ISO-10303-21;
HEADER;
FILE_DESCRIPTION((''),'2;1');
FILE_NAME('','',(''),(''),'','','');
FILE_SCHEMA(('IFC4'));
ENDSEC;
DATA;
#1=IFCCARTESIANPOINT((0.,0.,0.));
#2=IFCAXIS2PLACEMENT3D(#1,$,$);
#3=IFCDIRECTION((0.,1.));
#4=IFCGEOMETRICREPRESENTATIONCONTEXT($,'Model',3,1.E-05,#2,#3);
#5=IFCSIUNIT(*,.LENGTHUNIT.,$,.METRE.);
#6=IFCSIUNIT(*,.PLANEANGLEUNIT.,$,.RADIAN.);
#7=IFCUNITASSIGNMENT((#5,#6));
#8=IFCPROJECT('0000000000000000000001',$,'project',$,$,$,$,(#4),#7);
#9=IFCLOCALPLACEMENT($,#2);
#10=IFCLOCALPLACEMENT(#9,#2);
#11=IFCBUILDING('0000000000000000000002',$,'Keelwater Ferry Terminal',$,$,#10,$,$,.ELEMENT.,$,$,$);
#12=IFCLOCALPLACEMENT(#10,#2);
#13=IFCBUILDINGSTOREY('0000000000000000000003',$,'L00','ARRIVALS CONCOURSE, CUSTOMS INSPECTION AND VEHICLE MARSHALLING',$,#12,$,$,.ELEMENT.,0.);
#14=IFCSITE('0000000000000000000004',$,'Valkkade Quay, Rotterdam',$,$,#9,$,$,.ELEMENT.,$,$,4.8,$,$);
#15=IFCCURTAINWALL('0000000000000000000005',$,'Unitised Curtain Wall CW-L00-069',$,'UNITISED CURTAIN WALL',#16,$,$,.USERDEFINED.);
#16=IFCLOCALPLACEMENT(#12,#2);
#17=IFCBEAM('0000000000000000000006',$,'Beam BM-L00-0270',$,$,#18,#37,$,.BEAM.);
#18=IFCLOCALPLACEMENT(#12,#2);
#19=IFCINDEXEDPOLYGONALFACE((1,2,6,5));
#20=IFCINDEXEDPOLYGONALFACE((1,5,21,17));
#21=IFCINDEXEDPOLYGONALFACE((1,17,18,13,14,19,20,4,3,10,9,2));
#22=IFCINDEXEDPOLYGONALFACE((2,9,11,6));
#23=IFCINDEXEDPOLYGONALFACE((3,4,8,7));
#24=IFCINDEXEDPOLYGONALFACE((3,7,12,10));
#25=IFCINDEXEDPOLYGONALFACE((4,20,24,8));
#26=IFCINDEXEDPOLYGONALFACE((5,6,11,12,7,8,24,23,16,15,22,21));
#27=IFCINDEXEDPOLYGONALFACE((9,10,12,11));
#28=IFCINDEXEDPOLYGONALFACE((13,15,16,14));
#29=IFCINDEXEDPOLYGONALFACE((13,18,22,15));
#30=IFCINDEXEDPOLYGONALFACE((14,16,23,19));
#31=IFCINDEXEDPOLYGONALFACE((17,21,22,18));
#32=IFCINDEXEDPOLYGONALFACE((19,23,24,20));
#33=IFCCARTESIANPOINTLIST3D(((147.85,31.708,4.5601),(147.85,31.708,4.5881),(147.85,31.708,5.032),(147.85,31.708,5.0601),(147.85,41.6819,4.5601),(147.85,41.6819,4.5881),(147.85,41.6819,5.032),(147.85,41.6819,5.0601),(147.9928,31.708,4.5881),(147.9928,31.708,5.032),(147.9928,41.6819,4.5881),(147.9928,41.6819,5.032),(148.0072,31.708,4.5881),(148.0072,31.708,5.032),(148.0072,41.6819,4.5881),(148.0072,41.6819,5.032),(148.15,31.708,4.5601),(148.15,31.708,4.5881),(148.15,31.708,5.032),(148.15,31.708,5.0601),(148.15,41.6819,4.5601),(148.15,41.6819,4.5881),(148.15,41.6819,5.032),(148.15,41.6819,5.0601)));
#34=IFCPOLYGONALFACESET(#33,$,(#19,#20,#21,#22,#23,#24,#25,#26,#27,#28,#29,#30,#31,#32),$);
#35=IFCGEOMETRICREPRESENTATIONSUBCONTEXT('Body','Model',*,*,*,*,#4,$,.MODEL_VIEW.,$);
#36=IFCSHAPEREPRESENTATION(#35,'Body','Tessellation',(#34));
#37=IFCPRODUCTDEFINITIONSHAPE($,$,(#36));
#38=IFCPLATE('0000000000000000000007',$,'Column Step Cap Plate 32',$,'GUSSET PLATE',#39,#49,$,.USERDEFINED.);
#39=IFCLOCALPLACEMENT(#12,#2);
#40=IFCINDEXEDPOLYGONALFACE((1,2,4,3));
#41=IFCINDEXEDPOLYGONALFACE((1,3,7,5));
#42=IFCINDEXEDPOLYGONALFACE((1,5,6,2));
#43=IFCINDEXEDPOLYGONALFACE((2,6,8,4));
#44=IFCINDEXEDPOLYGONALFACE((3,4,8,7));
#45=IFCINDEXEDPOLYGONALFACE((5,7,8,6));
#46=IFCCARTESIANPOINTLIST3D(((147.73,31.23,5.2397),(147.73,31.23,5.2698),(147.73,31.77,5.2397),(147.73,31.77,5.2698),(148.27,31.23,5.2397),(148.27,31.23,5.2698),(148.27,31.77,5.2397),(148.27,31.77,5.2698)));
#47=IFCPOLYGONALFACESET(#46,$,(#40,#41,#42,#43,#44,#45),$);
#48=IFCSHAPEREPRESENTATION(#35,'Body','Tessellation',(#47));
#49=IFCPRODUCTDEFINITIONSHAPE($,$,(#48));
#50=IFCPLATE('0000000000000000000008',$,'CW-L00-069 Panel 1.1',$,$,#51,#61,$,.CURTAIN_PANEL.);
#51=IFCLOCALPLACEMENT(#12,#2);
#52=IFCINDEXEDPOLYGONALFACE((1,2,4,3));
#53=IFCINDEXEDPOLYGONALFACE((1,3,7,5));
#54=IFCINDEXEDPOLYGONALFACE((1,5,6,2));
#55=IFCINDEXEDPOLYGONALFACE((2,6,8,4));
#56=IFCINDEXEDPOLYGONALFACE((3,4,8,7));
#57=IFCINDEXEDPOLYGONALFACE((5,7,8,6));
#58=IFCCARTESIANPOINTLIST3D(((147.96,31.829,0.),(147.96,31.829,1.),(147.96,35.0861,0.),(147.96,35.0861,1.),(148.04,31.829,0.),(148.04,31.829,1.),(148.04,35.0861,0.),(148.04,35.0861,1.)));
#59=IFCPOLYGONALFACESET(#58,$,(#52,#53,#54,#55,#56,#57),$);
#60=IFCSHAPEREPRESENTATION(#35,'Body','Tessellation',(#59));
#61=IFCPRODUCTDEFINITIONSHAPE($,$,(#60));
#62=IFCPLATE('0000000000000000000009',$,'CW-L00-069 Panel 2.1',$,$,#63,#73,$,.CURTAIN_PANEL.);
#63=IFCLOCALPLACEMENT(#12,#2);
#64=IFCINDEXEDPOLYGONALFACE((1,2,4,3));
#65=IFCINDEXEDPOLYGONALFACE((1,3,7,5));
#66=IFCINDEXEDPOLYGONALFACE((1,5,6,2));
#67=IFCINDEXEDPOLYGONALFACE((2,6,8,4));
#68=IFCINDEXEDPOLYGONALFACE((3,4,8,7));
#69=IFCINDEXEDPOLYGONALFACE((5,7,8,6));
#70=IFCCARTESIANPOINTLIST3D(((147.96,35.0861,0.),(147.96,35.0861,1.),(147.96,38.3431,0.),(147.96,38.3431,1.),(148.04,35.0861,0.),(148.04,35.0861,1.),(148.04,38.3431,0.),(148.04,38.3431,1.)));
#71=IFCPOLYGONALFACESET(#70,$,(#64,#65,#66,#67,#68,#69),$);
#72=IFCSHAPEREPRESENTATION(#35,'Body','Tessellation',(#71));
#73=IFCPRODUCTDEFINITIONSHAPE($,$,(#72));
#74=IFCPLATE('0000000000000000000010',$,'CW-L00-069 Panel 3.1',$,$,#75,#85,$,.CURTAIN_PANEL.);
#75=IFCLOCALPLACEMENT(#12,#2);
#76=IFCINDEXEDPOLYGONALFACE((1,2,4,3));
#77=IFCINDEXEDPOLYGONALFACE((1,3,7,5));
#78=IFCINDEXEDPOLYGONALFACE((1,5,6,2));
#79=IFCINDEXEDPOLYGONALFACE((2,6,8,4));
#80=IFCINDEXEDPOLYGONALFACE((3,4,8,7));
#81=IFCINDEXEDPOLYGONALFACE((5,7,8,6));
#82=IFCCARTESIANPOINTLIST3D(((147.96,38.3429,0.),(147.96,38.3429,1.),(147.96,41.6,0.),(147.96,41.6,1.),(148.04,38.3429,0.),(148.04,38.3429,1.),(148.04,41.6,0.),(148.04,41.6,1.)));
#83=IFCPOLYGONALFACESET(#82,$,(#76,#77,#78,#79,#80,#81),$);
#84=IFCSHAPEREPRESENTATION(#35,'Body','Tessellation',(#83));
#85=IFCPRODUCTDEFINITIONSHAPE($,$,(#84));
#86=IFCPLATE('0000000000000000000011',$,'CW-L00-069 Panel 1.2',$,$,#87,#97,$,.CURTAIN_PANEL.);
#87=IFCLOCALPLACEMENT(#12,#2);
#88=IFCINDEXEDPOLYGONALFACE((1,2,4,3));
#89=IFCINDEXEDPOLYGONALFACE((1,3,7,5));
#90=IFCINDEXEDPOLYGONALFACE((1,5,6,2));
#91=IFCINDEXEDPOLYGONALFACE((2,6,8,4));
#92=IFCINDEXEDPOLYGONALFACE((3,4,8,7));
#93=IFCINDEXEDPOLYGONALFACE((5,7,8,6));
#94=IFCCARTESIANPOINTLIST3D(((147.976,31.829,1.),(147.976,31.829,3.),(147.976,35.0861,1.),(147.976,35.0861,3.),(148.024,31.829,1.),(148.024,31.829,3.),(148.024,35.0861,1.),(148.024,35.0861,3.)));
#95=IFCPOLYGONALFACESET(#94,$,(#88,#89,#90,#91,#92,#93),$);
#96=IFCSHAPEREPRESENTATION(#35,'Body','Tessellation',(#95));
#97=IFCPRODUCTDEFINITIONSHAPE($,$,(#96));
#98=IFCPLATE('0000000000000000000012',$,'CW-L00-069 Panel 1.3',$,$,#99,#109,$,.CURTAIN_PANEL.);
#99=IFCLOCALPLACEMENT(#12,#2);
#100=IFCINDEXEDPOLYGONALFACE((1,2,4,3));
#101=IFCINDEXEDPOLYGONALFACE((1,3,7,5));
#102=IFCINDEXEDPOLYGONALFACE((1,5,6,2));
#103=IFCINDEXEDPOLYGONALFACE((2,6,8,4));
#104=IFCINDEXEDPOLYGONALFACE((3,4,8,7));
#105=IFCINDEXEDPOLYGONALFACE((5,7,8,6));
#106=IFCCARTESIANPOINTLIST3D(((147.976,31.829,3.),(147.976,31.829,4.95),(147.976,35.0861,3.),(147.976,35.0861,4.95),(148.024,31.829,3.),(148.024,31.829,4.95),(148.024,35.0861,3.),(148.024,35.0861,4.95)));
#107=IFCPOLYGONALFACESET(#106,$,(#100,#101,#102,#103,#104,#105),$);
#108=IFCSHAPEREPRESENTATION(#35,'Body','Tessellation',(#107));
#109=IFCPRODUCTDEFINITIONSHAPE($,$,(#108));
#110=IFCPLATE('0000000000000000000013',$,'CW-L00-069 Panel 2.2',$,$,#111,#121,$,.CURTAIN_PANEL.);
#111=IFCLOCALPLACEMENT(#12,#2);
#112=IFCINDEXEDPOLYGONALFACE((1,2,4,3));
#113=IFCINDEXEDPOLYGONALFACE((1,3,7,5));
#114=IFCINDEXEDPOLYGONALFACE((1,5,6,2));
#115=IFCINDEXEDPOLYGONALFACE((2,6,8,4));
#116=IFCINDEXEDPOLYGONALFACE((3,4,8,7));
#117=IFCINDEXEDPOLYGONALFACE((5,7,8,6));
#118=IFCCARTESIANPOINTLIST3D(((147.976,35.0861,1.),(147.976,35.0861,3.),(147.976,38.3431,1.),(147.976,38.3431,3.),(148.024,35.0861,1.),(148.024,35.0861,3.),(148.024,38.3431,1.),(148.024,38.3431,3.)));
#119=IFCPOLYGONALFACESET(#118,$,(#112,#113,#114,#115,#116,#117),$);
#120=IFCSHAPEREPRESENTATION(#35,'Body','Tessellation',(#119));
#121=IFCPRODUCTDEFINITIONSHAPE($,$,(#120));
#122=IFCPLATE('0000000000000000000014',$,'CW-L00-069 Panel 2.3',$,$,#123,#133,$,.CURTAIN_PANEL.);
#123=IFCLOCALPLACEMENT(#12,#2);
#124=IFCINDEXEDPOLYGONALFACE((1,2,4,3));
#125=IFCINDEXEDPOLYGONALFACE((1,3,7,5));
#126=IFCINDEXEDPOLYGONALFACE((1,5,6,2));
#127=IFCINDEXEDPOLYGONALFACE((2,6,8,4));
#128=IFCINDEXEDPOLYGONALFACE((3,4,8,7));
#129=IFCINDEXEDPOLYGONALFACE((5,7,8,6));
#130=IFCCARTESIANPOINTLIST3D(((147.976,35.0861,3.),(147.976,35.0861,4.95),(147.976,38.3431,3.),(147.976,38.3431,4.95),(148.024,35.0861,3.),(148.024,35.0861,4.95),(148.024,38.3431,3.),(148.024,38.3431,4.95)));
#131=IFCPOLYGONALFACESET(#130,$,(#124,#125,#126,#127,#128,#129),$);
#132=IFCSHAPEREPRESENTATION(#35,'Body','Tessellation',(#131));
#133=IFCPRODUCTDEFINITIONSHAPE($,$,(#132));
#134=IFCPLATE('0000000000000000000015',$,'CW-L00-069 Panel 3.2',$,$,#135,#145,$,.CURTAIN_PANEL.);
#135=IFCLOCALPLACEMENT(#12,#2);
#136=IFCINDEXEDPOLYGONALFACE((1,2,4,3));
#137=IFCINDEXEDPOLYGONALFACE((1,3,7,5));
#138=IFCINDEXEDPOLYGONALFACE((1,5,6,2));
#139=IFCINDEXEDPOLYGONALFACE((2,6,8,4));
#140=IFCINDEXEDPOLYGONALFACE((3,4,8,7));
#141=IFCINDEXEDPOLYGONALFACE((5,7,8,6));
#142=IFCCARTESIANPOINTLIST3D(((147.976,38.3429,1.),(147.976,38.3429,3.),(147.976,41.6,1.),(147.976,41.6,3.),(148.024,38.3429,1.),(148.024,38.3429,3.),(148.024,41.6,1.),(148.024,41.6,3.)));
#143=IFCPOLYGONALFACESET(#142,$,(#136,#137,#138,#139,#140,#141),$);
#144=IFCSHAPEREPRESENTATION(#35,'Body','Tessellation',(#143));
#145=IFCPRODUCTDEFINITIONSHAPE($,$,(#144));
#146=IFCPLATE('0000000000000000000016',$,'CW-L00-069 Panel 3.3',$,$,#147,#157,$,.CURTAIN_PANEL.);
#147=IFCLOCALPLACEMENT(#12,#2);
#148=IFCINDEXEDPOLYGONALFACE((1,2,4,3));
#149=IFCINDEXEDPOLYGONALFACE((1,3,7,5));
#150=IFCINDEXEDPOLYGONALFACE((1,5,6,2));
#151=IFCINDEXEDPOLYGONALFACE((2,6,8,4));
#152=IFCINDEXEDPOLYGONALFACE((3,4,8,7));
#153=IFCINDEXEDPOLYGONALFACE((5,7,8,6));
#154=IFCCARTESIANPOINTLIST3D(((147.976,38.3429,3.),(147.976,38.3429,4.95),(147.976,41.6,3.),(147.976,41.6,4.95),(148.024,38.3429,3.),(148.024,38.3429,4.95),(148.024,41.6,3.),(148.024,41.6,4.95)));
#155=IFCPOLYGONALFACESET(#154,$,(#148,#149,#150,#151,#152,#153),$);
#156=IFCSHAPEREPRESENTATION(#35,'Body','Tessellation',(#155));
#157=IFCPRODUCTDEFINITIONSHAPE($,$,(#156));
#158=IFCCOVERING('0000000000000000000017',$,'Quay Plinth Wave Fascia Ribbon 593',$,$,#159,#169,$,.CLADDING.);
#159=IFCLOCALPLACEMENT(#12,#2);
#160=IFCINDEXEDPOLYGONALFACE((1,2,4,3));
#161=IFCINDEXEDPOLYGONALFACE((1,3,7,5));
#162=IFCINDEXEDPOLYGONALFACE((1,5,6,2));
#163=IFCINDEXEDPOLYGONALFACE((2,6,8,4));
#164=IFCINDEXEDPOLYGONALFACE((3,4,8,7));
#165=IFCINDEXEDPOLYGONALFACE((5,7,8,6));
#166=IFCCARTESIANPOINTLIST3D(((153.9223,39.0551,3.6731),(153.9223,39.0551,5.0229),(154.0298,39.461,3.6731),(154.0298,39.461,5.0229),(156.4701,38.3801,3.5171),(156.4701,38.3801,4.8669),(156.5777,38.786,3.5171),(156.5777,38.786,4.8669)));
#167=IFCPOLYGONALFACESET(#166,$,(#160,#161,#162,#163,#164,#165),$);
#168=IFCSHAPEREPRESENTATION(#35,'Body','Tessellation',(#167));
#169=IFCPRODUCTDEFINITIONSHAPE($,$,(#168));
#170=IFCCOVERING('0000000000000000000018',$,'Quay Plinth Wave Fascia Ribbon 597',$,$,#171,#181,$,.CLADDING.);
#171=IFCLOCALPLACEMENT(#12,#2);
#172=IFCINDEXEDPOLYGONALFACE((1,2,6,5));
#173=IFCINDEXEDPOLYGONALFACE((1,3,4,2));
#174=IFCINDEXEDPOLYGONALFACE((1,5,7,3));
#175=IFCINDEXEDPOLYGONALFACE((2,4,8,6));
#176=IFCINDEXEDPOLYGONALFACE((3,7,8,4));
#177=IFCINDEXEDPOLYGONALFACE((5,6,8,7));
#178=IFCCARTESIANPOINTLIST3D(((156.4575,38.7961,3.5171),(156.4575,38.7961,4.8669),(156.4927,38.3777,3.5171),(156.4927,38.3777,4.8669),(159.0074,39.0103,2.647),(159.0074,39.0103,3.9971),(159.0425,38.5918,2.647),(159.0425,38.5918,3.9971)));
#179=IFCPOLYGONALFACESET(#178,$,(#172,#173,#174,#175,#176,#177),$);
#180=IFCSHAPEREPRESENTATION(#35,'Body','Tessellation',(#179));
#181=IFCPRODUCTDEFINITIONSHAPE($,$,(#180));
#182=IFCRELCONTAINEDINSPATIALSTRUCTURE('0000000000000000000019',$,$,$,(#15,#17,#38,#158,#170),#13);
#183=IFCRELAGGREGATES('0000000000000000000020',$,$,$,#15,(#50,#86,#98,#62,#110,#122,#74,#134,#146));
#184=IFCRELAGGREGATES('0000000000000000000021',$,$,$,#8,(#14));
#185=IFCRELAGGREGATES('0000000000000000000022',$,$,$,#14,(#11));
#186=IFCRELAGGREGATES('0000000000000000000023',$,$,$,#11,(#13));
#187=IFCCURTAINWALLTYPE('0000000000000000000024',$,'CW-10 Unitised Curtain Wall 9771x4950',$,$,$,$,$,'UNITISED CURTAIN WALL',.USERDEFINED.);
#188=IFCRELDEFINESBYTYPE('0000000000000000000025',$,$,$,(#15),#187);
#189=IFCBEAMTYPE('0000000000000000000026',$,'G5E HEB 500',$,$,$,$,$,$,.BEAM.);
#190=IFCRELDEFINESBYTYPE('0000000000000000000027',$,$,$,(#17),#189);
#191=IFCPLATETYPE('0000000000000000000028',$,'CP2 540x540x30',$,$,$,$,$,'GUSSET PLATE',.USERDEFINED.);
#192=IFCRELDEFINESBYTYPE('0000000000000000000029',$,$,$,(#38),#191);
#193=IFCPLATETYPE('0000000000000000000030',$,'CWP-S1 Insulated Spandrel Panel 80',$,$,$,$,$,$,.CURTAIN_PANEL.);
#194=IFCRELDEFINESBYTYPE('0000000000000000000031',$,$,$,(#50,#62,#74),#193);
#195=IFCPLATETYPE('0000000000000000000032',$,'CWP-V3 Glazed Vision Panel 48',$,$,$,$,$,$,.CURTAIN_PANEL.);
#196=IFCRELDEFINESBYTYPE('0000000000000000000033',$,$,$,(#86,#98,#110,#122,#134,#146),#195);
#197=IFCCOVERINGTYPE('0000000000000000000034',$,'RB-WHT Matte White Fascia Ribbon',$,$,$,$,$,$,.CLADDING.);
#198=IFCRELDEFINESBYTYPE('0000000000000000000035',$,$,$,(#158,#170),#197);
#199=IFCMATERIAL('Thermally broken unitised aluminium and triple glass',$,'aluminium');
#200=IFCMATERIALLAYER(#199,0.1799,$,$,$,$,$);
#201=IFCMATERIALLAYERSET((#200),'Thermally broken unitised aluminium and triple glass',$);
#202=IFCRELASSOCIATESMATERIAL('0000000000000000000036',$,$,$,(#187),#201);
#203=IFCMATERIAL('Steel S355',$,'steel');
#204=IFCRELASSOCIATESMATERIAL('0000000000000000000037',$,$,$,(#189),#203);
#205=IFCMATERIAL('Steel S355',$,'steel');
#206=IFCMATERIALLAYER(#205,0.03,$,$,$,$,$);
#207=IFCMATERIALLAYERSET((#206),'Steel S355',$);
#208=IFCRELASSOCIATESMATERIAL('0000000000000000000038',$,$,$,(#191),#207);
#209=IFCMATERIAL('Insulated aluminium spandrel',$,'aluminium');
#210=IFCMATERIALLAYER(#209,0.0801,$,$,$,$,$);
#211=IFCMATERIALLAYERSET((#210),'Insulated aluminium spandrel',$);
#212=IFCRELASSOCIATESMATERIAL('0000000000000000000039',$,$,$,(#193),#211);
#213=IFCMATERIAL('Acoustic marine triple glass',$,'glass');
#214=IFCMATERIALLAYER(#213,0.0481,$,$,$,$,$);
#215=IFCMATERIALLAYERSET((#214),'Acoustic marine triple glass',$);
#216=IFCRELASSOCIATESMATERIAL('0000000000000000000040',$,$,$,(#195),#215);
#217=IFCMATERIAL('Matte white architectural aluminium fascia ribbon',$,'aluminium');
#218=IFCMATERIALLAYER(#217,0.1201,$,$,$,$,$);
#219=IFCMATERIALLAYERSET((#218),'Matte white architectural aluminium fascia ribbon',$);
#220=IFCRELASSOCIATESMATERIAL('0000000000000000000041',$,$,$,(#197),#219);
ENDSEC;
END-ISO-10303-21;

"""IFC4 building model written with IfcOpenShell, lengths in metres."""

from ifc_helpers import new_model, si_unit, direction, frame, origin, origin_2d, place, context, subcontext, project, spatial, polyline, rectangle, i_section, outline, extrude, material, layer, layer_set, material_profile, profile_set, type_object, element, aggregate, save


model = new_model("IFC4")

# Units and contexts
model_context = context("Model", 3, precision=1e-05, world=origin(), true_north=direction((0.0, 1.0)))
body_context = subcontext(model_context, "Body", "Model", "MODEL_VIEW")
ifc_project = project(units=[si_unit("LENGTHUNIT", "METRE"), si_unit("PLANEANGLEUNIT", "RADIAN")], contexts=[model_context])

# Site, building, storey
site_placement = place(None, origin())
site = spatial("IfcSite", under=ifc_project, at=site_placement, Name="Valkkade Quay, Rotterdam", CompositionType="ELEMENT", RefElevation=4.8)
building_placement = place(site_placement, origin())
building = spatial("IfcBuilding", under=site, at=building_placement, Name="Keelwater Ferry Terminal", CompositionType="ELEMENT")
storey_placement = place(building_placement, origin())
storey = spatial("IfcBuildingStorey", under=building, at=storey_placement, Name="L00", Description="ARRIVALS CONCOURSE, CUSTOMS INSPECTION AND VEHICLE MARSHALLING", CompositionType="ELEMENT", Elevation=0.0)

# Curtain wall
ifc_material_1 = material(Name="Thermally broken unitised aluminium and triple glass", Category="aluminium")
ifc_layer_1 = layer(ifc_material_1, 0.1799)
ifc_layer_set_1 = layer_set([ifc_layer_1], Name="Thermally broken unitised aluminium and triple glass")
curtain_wall_type = type_object("IfcCurtainWallType", Name="CW-10 Unitised Curtain Wall 9771x4950", ElementType="UNITISED CURTAIN WALL", PredefinedType="USERDEFINED", material=ifc_layer_set_1)
curtain_wall_placement = place(storey_placement, origin())
curtain_wall = element("IfcCurtainWall", 1, at=curtain_wall_placement, inside=storey, type_object=curtain_wall_type, Name="Unitised Curtain Wall CW-L00-069", ObjectType="UNITISED CURTAIN WALL", PredefinedType="USERDEFINED")

# Beam
ifc_material_2 = material(Name="Steel S355", Category="steel")
ifc_material_profile_1 = material_profile(ifc_material_2, i_section(OverallWidth=0.3, OverallDepth=0.5, WebThickness=0.0144, FlangeThickness=0.0281, at=origin_2d()), Name="HEB 500")
ifc_profile_set_1 = profile_set([ifc_material_profile_1], Name="Steel S355")
beam_type = type_object("IfcBeamType", Name="G5E HEB 500", PredefinedType="BEAM", material=ifc_profile_set_1)
beam_placement = place(storey_placement, frame((148.0, 31.708, 4.8101), z_axis=(0.0, 1.0, 0.0), x_axis=(-1.0, 0.0, 0.0)))
element("IfcBeam", 2, at=beam_placement, inside=storey, type_object=beam_type, Name="Beam BM-L00-0270", PredefinedType="BEAM", context=body_context, shape_type="SweptSolid", body=[
    extrude(i_section(OverallWidth=0.3, OverallDepth=0.5, WebThickness=0.0144, FlangeThickness=0.0281, at=origin_2d()), origin(), (0.0, 0.0, 1.0), 9.9739),
])

# Plates
ifc_material_3 = material(Name="Steel S355", Category="steel")
ifc_layer_2 = layer(ifc_material_3, 0.03)
ifc_layer_set_2 = layer_set([ifc_layer_2], Name="Steel S355")
plate_type_1 = type_object("IfcPlateType", Name="CP2 540x540x30", ElementType="GUSSET PLATE", PredefinedType="USERDEFINED", material=ifc_layer_set_2)
plate_1_placement = place(storey_placement, frame((148.0, 31.5, 5.2397), z_axis=(0.0, 0.0, 1.0), x_axis=(1.0, 0.0, 0.0)))
element("IfcPlate", 3, at=plate_1_placement, inside=storey, type_object=plate_type_1, Name="Column Step Cap Plate 32", ObjectType="GUSSET PLATE", PredefinedType="USERDEFINED", context=body_context, shape_type="SweptSolid", body=[
    extrude(rectangle(XDim=0.54, YDim=0.54, at=origin_2d()), origin(), (0.0, 0.0, 1.0), 0.03),
])
ifc_material_4 = material(Name="Insulated aluminium spandrel", Category="aluminium")
ifc_layer_3 = layer(ifc_material_4, 0.0801)
ifc_layer_set_3 = layer_set([ifc_layer_3], Name="Insulated aluminium spandrel")
plate_type_2 = type_object("IfcPlateType", Name="CWP-S1 Insulated Spandrel Panel 80", PredefinedType="CURTAIN_PANEL", material=ifc_layer_set_3)
plate_2_placement = place(storey_placement, frame((148.0, 33.4575, 0.0), z_axis=(0.0, 0.0, 1.0), x_axis=(0.0, 1.0, 0.0)))
plate_2 = element("IfcPlate", 4, at=plate_2_placement, type_object=plate_type_2, Name="CW-L00-069 Panel 1.1", PredefinedType="CURTAIN_PANEL", context=body_context, shape_type="SweptSolid", body=[
    extrude(rectangle(XDim=3.2571, YDim=0.0801, at=origin_2d()), origin(), (0.0, 0.0, 1.0), 1.0),
])
plate_3_placement = place(storey_placement, frame((148.0, 36.7146, 0.0), z_axis=(0.0, 0.0, 1.0), x_axis=(0.0, 1.0, 0.0)))
plate_3 = element("IfcPlate", 5, at=plate_3_placement, type_object=plate_type_2, Name="CW-L00-069 Panel 2.1", PredefinedType="CURTAIN_PANEL", context=body_context, shape_type="SweptSolid", body=[
    extrude(rectangle(XDim=3.2571, YDim=0.0801, at=origin_2d()), origin(), (0.0, 0.0, 1.0), 1.0),
])
plate_4_placement = place(storey_placement, frame((148.0, 39.9714, 0.0), z_axis=(0.0, 0.0, 1.0), x_axis=(0.0, 1.0, 0.0)))
plate_4 = element("IfcPlate", 6, at=plate_4_placement, type_object=plate_type_2, Name="CW-L00-069 Panel 3.1", PredefinedType="CURTAIN_PANEL", context=body_context, shape_type="SweptSolid", body=[
    extrude(rectangle(XDim=3.2571, YDim=0.0801, at=origin_2d()), origin(), (0.0, 0.0, 1.0), 1.0),
])
ifc_material_5 = material(Name="Acoustic marine triple glass", Category="glass")
ifc_layer_4 = layer(ifc_material_5, 0.0481)
ifc_layer_set_4 = layer_set([ifc_layer_4], Name="Acoustic marine triple glass")
plate_type_3 = type_object("IfcPlateType", Name="CWP-V3 Glazed Vision Panel 48", PredefinedType="CURTAIN_PANEL", material=ifc_layer_set_4)
plate_5_placement = place(storey_placement, frame((148.0, 33.4575, 1.0), z_axis=(0.0, 0.0, 1.0), x_axis=(0.0, 1.0, 0.0)))
plate_5 = element("IfcPlate", 7, at=plate_5_placement, type_object=plate_type_3, Name="CW-L00-069 Panel 1.2", PredefinedType="CURTAIN_PANEL", context=body_context, shape_type="SweptSolid", body=[
    extrude(rectangle(XDim=3.2571, YDim=0.0481, at=origin_2d()), origin(), (0.0, 0.0, 1.0), 2.0),
])
plate_6_placement = place(storey_placement, frame((148.0, 33.4575, 3.0), z_axis=(0.0, 0.0, 1.0), x_axis=(0.0, 1.0, 0.0)))
plate_6 = element("IfcPlate", 8, at=plate_6_placement, type_object=plate_type_3, Name="CW-L00-069 Panel 1.3", PredefinedType="CURTAIN_PANEL", context=body_context, shape_type="SweptSolid", body=[
    extrude(rectangle(XDim=3.2571, YDim=0.0481, at=origin_2d()), origin(), (0.0, 0.0, 1.0), 1.95),
])
plate_7_placement = place(storey_placement, frame((148.0, 36.7146, 1.0), z_axis=(0.0, 0.0, 1.0), x_axis=(0.0, 1.0, 0.0)))
plate_7 = element("IfcPlate", 9, at=plate_7_placement, type_object=plate_type_3, Name="CW-L00-069 Panel 2.2", PredefinedType="CURTAIN_PANEL", context=body_context, shape_type="SweptSolid", body=[
    extrude(rectangle(XDim=3.2571, YDim=0.0481, at=origin_2d()), origin(), (0.0, 0.0, 1.0), 2.0),
])
plate_8_placement = place(storey_placement, frame((148.0, 36.7146, 3.0), z_axis=(0.0, 0.0, 1.0), x_axis=(0.0, 1.0, 0.0)))
plate_8 = element("IfcPlate", 10, at=plate_8_placement, type_object=plate_type_3, Name="CW-L00-069 Panel 2.3", PredefinedType="CURTAIN_PANEL", context=body_context, shape_type="SweptSolid", body=[
    extrude(rectangle(XDim=3.2571, YDim=0.0481, at=origin_2d()), origin(), (0.0, 0.0, 1.0), 1.95),
])
plate_9_placement = place(storey_placement, frame((148.0, 39.9714, 1.0), z_axis=(0.0, 0.0, 1.0), x_axis=(0.0, 1.0, 0.0)))
plate_9 = element("IfcPlate", 11, at=plate_9_placement, type_object=plate_type_3, Name="CW-L00-069 Panel 3.2", PredefinedType="CURTAIN_PANEL", context=body_context, shape_type="SweptSolid", body=[
    extrude(rectangle(XDim=3.2571, YDim=0.0481, at=origin_2d()), origin(), (0.0, 0.0, 1.0), 2.0),
])
plate_10_placement = place(storey_placement, frame((148.0, 39.9714, 3.0), z_axis=(0.0, 0.0, 1.0), x_axis=(0.0, 1.0, 0.0)))
plate_10 = element("IfcPlate", 12, at=plate_10_placement, type_object=plate_type_3, Name="CW-L00-069 Panel 3.3", PredefinedType="CURTAIN_PANEL", context=body_context, shape_type="SweptSolid", body=[
    extrude(rectangle(XDim=3.2571, YDim=0.0481, at=origin_2d()), origin(), (0.0, 0.0, 1.0), 1.95),
])
aggregate(curtain_wall, [plate_2, plate_5, plate_6, plate_3, plate_7, plate_8, plate_4, plate_9, plate_10])

# Coverings
ifc_material_6 = material(Name="Matte white architectural aluminium fascia ribbon", Category="aluminium")
ifc_layer_5 = layer(ifc_material_6, 0.1201)
ifc_layer_set_5 = layer_set([ifc_layer_5], Name="Matte white architectural aluminium fascia ribbon")
covering_type = type_object("IfcCoveringType", Name="RB-WHT Matte White Fascia Ribbon", PredefinedType="CLADDING", material=ifc_layer_set_5)
covering_1_placement = place(storey_placement, frame((153.9761, 39.2581, 3.5171), z_axis=(0.0, 0.0, 1.0), x_axis=(0.966647, -0.256112, 0.0)))
element("IfcCovering", 13, at=covering_1_placement, inside=storey, type_object=covering_type, Name="Quay Plinth Wave Fascia Ribbon 593", PredefinedType="CLADDING", context=body_context, shape_type="SweptSolid", body=[
    extrude(outline(polyline([(0.0, 0.156), (2.6357, 0.0), (2.6357, 1.3499), (0.0, 1.5059), (0.0, 0.156)])), frame((0.0, 0.21, 0.0), z_axis=(0.0, -1.0, 0.0), x_axis=(1.0, 0.0, 0.0)), (0.0, 0.0, 1.0), 0.4199),
])
covering_2_placement = place(storey_placement, frame((156.4751, 38.5869, 2.647), z_axis=(0.0, 0.0, 1.0), x_axis=(0.996493, 0.083677, 0.0)))
element("IfcCovering", 14, at=covering_2_placement, inside=storey, type_object=covering_type, Name="Quay Plinth Wave Fascia Ribbon 597", PredefinedType="CLADDING", context=body_context, shape_type="SweptSolid", body=[
    extrude(outline(polyline([(0.0, 0.8701), (2.5588, 0.0), (2.5588, 1.3501), (0.0, 2.22), (0.0, 0.8701)])), frame((0.0, 0.21, 0.0), z_axis=(0.0, -1.0, 0.0), x_axis=(1.0, 0.0, 0.0)), (0.0, 0.0, 1.0), 0.4199),
])

save(model, "model.ifc")
